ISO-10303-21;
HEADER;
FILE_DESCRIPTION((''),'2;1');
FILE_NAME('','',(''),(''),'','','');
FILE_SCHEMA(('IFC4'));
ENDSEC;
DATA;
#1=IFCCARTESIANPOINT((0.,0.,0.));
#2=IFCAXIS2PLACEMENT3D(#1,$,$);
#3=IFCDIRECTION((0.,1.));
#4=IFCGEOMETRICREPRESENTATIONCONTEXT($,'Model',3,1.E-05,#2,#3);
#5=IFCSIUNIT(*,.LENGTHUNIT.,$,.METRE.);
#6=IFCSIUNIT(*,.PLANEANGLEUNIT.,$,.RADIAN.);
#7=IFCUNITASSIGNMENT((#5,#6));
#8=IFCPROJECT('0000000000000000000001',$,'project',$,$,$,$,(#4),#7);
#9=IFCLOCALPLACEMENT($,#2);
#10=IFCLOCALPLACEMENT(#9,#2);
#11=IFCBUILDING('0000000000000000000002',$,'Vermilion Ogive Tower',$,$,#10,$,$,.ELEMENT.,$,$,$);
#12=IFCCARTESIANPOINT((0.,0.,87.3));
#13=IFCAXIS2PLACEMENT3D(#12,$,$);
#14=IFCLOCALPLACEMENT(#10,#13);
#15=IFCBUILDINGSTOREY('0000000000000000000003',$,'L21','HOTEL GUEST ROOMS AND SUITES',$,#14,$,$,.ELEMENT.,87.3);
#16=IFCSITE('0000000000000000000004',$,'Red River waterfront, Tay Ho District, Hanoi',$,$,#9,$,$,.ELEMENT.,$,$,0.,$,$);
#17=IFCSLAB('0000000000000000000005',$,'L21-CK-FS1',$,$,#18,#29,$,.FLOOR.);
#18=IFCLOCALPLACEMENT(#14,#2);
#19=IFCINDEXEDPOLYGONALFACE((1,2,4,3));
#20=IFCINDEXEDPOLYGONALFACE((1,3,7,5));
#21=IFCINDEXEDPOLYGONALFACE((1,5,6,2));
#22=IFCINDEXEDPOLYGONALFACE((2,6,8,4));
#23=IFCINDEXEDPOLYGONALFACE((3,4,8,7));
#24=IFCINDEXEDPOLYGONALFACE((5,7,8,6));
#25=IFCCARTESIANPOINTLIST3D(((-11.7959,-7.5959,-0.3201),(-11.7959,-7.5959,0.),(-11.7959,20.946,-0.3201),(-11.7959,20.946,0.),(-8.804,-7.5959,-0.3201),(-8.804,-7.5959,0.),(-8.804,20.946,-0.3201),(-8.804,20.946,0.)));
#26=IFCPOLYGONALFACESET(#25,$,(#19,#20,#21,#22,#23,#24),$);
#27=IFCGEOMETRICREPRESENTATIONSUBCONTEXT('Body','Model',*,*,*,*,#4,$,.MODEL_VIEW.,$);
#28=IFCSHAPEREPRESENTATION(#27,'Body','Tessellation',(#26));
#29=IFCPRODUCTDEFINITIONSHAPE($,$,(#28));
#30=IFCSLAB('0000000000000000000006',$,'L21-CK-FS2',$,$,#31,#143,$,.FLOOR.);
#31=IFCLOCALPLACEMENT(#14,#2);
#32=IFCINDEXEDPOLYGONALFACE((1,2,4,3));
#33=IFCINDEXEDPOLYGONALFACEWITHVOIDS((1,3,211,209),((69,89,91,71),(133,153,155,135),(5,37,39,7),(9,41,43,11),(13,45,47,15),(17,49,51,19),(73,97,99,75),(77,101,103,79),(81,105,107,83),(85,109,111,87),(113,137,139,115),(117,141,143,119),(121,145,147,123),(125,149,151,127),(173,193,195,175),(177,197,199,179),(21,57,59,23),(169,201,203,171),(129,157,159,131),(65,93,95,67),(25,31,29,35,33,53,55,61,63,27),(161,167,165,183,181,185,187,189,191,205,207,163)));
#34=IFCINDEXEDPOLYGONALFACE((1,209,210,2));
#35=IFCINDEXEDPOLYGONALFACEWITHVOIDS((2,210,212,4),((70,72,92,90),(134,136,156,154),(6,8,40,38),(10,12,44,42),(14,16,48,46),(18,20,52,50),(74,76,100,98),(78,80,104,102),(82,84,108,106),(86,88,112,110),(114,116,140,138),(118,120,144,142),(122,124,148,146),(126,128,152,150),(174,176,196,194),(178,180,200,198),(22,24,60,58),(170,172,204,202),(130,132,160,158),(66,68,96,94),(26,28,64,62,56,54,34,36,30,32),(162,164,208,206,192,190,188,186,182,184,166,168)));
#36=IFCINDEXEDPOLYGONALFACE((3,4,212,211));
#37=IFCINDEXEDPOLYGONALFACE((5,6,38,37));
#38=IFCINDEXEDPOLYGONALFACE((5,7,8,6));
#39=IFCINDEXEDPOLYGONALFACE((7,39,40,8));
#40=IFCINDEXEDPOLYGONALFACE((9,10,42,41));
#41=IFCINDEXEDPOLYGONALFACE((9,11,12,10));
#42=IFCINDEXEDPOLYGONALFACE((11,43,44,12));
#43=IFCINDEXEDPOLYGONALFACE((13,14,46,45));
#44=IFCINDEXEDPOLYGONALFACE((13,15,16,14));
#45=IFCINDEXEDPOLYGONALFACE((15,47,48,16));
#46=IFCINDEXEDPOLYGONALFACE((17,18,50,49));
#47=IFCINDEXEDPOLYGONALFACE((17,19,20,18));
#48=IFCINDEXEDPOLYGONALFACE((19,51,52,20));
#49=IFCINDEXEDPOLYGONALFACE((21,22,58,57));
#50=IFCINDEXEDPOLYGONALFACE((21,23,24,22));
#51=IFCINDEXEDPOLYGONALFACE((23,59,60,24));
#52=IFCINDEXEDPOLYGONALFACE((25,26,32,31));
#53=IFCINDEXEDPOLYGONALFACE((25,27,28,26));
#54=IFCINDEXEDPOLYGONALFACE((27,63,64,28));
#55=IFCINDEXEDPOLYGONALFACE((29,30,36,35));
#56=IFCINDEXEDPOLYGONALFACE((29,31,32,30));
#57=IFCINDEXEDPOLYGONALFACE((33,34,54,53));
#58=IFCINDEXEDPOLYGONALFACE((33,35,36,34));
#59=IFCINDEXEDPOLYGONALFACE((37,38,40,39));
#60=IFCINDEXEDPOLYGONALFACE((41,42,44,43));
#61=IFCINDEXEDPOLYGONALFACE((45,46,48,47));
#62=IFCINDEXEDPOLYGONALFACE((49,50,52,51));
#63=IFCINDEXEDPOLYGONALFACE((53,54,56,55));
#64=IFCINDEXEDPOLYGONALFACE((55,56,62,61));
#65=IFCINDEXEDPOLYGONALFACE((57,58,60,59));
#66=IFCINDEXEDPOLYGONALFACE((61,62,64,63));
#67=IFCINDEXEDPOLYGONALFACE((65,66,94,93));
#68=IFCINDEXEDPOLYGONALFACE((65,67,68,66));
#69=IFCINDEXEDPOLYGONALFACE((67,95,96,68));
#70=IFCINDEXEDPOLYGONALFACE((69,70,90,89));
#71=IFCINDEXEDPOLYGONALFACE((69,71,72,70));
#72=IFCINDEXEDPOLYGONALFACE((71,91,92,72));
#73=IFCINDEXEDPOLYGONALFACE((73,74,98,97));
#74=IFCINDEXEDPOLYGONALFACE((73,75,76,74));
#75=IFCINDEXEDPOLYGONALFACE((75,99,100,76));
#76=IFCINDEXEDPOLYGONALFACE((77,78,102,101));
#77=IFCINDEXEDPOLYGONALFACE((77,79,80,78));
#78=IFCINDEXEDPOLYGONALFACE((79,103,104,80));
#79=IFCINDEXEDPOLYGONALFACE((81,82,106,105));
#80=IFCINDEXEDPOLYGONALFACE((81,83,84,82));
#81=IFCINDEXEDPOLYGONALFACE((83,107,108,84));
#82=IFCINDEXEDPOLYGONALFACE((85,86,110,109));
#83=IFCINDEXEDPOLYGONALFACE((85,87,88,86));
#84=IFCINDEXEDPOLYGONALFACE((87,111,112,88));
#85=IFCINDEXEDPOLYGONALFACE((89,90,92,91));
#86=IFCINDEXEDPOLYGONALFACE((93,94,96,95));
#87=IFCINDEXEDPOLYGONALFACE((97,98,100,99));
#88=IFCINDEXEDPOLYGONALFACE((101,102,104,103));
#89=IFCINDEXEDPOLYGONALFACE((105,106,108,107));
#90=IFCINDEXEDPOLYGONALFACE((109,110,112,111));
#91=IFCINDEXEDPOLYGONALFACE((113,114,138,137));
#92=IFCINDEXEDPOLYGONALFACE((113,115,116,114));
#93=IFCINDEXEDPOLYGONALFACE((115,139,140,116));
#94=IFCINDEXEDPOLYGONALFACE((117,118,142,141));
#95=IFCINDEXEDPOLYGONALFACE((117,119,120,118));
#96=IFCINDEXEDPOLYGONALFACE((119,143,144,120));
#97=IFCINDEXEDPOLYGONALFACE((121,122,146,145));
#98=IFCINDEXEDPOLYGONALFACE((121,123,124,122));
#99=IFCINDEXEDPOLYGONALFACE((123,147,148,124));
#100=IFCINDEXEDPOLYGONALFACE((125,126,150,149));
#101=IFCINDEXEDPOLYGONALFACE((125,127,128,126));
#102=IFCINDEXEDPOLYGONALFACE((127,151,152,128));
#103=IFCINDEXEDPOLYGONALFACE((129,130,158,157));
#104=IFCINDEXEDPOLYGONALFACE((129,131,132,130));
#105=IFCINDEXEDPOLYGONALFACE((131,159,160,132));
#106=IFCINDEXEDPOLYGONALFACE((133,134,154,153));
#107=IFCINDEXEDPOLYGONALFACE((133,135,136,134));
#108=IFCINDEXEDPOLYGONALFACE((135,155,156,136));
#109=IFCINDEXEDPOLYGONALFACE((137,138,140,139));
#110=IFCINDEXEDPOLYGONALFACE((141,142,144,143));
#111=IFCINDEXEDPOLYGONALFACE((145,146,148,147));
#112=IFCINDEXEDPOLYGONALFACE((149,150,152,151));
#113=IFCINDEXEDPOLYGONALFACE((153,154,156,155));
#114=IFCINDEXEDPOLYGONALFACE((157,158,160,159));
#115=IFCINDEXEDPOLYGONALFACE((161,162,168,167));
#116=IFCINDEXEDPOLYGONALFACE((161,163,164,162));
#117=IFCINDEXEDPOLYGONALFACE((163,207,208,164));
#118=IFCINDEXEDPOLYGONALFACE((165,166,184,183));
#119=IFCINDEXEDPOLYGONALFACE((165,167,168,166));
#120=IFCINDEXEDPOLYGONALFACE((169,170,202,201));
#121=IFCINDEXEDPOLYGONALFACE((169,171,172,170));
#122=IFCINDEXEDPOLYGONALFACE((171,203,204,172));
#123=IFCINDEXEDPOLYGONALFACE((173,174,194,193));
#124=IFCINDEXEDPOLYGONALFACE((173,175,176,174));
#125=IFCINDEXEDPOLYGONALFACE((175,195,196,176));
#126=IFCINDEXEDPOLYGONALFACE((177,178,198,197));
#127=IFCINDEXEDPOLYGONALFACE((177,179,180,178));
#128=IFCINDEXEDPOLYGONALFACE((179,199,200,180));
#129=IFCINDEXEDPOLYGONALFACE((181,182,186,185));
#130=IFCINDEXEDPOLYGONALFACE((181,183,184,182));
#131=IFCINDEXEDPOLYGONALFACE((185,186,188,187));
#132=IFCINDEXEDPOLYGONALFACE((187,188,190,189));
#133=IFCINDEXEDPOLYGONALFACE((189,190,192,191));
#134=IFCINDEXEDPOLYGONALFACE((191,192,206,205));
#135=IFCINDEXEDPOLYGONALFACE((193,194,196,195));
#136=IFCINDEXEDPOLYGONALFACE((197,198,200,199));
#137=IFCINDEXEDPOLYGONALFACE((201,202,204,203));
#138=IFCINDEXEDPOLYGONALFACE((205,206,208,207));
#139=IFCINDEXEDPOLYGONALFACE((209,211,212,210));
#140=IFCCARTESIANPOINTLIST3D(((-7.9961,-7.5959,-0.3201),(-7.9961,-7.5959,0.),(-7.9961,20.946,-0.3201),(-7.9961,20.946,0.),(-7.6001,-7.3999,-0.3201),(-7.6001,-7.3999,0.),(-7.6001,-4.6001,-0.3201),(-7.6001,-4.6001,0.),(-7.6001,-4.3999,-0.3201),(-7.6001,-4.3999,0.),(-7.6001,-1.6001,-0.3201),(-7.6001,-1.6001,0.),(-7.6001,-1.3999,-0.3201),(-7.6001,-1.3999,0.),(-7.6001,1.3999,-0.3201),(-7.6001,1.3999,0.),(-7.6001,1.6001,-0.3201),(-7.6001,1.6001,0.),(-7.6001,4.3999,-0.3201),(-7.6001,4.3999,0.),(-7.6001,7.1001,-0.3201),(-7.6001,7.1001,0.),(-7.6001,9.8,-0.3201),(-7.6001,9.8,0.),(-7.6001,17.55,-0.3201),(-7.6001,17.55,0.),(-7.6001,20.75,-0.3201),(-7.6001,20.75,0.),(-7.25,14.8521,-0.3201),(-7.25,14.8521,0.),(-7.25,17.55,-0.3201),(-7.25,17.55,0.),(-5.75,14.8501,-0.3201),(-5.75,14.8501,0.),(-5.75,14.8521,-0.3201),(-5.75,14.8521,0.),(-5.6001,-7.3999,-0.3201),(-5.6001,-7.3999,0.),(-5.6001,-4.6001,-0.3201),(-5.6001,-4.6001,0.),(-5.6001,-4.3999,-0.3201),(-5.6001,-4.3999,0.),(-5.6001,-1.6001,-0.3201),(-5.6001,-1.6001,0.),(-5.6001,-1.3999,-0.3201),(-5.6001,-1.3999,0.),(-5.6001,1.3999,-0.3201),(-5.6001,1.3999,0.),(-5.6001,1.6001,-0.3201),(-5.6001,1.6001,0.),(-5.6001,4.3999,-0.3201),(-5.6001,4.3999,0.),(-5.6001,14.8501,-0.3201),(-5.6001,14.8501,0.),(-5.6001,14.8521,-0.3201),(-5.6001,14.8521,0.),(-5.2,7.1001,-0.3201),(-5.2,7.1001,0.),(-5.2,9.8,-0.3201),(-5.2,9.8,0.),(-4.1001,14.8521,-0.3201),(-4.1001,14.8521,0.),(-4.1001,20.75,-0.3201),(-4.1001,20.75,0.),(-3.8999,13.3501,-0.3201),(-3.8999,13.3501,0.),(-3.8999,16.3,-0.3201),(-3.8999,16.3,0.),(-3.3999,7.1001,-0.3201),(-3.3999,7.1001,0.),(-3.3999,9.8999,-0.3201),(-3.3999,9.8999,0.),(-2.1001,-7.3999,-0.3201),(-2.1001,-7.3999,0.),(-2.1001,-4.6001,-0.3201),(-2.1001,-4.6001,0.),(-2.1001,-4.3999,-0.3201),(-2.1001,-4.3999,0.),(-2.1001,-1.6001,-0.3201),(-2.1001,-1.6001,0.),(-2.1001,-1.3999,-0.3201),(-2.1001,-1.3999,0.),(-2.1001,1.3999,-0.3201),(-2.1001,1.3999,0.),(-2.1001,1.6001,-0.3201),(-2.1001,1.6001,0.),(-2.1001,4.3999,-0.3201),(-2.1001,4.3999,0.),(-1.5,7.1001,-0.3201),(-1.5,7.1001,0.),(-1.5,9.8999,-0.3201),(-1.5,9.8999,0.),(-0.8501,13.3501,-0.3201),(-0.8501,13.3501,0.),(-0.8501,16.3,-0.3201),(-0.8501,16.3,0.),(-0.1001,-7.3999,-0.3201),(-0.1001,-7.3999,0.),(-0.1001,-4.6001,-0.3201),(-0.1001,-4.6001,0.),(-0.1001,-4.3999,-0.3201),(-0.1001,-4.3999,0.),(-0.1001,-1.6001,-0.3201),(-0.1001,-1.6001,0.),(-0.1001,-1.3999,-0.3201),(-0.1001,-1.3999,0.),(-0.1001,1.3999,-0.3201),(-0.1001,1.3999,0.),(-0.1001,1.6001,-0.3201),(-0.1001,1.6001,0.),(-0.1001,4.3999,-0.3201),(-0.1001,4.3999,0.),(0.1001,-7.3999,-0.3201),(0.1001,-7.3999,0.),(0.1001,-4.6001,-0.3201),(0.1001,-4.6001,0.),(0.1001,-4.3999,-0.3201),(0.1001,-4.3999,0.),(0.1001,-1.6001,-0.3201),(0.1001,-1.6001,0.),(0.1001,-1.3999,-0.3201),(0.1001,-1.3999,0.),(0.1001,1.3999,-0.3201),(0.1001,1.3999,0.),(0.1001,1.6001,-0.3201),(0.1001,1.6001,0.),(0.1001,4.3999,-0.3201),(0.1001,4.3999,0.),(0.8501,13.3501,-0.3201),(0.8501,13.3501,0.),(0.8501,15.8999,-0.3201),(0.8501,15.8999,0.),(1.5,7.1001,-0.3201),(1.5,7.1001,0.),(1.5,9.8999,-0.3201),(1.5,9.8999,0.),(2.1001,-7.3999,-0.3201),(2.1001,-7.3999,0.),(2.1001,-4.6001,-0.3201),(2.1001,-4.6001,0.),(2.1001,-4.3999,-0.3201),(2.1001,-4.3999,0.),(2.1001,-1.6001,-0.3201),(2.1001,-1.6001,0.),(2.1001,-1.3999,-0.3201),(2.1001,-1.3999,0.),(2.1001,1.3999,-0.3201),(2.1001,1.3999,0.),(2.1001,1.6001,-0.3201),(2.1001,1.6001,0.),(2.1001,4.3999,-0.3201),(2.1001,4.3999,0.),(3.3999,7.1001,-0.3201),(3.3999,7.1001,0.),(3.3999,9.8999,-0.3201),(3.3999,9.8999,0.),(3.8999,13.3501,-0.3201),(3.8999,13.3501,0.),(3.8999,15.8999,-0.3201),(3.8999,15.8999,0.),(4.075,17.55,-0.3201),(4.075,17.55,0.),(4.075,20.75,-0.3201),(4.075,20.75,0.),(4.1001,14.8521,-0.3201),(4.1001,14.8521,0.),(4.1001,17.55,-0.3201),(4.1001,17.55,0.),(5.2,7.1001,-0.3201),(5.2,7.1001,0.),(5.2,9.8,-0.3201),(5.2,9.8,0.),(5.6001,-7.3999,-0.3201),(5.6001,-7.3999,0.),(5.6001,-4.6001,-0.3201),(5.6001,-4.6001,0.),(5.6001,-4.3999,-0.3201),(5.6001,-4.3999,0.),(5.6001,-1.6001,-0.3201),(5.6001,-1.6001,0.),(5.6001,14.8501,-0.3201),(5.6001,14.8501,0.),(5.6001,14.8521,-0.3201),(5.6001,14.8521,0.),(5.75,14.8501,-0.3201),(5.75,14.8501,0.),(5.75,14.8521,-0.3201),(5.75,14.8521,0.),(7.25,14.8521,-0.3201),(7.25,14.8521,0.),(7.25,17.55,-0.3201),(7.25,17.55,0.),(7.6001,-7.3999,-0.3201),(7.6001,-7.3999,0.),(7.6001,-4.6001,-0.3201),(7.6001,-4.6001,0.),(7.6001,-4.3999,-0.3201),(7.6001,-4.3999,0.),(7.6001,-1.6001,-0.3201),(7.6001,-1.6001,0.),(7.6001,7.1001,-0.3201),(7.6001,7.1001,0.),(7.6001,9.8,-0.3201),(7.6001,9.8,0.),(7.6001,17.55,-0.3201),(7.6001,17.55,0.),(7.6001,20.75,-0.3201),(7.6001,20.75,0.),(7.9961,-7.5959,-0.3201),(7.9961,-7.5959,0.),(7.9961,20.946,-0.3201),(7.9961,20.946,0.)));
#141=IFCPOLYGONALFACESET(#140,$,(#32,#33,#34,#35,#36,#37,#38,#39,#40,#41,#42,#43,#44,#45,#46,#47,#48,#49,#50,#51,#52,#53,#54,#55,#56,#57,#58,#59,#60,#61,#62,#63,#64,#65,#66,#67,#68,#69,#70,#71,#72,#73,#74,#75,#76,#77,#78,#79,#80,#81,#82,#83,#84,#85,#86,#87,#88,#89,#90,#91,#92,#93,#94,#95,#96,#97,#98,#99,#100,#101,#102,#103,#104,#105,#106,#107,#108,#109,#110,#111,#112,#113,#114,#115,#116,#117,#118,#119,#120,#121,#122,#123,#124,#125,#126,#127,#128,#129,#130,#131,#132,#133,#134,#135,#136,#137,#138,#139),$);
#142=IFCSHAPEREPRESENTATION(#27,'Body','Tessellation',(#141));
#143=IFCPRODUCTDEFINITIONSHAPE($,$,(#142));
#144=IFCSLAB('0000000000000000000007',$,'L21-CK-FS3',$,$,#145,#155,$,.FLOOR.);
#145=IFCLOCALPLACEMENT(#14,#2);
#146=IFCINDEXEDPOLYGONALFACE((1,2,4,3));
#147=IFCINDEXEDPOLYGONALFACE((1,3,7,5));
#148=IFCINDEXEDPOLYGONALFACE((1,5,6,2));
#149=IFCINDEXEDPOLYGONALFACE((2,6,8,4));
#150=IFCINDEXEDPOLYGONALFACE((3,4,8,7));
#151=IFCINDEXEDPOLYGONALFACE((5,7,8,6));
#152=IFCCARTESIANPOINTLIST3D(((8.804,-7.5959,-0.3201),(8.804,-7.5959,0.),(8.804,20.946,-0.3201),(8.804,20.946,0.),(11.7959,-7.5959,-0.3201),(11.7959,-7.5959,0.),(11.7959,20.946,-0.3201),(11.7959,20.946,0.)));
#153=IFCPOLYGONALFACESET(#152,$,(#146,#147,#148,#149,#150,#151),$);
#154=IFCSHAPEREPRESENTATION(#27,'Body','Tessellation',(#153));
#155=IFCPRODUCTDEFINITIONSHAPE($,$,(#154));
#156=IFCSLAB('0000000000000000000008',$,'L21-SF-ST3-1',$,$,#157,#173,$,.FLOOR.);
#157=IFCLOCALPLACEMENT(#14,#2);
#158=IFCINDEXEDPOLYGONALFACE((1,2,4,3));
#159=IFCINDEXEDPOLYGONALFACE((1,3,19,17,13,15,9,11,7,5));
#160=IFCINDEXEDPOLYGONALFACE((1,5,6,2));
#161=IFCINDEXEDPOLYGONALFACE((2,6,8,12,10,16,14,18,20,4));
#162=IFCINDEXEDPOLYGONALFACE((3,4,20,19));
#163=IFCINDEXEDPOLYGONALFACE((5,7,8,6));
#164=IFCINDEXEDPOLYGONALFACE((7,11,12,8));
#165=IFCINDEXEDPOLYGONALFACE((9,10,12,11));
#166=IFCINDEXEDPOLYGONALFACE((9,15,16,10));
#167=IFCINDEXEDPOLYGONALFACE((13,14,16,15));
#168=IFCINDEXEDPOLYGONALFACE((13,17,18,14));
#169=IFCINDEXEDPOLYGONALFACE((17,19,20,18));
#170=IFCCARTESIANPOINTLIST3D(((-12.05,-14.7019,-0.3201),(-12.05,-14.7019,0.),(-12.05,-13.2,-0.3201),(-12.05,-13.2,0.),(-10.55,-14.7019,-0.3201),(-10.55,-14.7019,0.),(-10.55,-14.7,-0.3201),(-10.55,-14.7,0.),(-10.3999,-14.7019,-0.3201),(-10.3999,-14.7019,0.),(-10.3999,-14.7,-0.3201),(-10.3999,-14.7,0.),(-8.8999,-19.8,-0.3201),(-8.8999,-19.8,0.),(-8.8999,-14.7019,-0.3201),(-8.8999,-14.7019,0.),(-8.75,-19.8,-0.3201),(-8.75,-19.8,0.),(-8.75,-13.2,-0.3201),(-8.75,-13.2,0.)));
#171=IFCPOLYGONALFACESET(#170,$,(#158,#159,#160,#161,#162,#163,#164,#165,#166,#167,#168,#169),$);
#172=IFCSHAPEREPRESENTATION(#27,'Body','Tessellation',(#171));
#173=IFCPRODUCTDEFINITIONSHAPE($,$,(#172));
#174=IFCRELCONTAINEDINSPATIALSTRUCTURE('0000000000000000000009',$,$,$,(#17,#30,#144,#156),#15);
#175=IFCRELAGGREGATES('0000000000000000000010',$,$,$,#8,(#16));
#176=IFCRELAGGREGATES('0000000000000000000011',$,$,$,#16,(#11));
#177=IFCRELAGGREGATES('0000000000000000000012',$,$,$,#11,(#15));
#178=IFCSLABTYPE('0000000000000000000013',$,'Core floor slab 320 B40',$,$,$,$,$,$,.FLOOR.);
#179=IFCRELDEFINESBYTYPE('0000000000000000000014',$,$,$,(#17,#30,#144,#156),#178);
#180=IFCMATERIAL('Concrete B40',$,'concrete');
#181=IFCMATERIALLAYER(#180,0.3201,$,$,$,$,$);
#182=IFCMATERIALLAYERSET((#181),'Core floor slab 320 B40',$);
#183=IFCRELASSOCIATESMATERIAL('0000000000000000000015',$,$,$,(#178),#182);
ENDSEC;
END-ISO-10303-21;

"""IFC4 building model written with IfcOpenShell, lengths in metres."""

from ifc_helpers import new_model, si_unit, direction, frame, origin, place, context, subcontext, project, spatial, polyline, outline, extrude, material, layer, layer_set, type_object, element, save


model = new_model("IFC4")

# Units and contexts
model_context = context("Model", 3, precision=1e-05, world=origin(), true_north=direction((0.0, 1.0)))
body_context = subcontext(model_context, "Body", "Model", "MODEL_VIEW")
ifc_project = project(units=[si_unit("LENGTHUNIT", "METRE"), si_unit("PLANEANGLEUNIT", "RADIAN")], contexts=[model_context])

# Site, building, storey
site_placement = place(None, origin())
site = spatial("IfcSite", under=ifc_project, at=site_placement, Name="Red River waterfront, Tay Ho District, Hanoi", CompositionType="ELEMENT", RefElevation=0.0)
building_placement = place(site_placement, origin())
building = spatial("IfcBuilding", under=site, at=building_placement, Name="Vermilion Ogive Tower", CompositionType="ELEMENT")
storey_placement = place(building_placement, frame((0.0, 0.0, 87.3)))
storey = spatial("IfcBuildingStorey", under=building, at=storey_placement, Name="L21", Description="HOTEL GUEST ROOMS AND SUITES", CompositionType="ELEMENT", Elevation=87.3)

# Slabs
ifc_material_1 = material(Name="Concrete B40", Category="concrete")
ifc_layer_1 = layer(ifc_material_1, 0.3201)
ifc_layer_set_1 = layer_set([ifc_layer_1], Name="Core floor slab 320 B40")
slab_type_1 = type_object("IfcSlabType", Name="Core floor slab 320 B40", PredefinedType="FLOOR", material=ifc_layer_set_1)
slab_1_placement = place(storey_placement, frame((0.0, 0.0, -0.3201)))
element("IfcSlab", 1, at=slab_1_placement, inside=storey, type_object=slab_type_1, Name="L21-CK-FS1", PredefinedType="FLOOR", context=body_context, shape_type="SweptSolid", body=[
    extrude(outline(polyline([(-8.804, 20.946), (-8.804, -7.5959), (-11.7959, -7.5959), (-11.7959, 20.946), (-8.804, 20.946)])), origin(), (0.0, 0.0, 1.0), 0.3201),
])
slab_2_placement = place(storey_placement, frame((0.0, 0.0, -0.3201)))
element("IfcSlab", 2, at=slab_2_placement, inside=storey, type_object=slab_type_1, Name="L21-CK-FS2", PredefinedType="FLOOR", context=body_context, shape_type="SweptSolid", body=[
    extrude(outline(polyline([(-7.9961, 20.946), (-7.9961, -7.5959), (7.9961, -7.5959), (7.9961, 20.946), (-7.9961, 20.946)]), holes=[polyline([(-7.6001, -4.6001), (-5.6001, -4.6001), (-5.6001, -7.3999), (-7.6001, -7.3999), (-7.6001, -4.6001)]), polyline([(-2.1001, -4.6001), (-0.1001, -4.6001), (-0.1001, -7.3999), (-2.1001, -7.3999), (-2.1001, -4.6001)]), polyline([(-7.6001, -4.3999), (-7.6001, -1.6001), (-5.6001, -1.6001), (-5.6001, -4.3999), (-7.6001, -4.3999)]), polyline([(-2.1001, -1.6001), (-0.1001, -1.6001), (-0.1001, -4.3999), (-2.1001, -4.3999), (-2.1001, -1.6001)]), polyline([(-7.6001, -1.3999), (-7.6001, 1.3999), (-5.6001, 1.3999), (-5.6001, -1.3999), (-7.6001, -1.3999)]), polyline([(-2.1001, 1.3999), (-0.1001, 1.3999), (-0.1001, -1.3999), (-2.1001, -1.3999), (-2.1001, 1.3999)]), polyline([(-7.6001, 4.3999), (-5.6001, 4.3999), (-5.6001, 1.6001), (-7.6001, 1.6001), (-7.6001, 4.3999)]), polyline([(-2.1001, 4.3999), (-0.1001, 4.3999), (-0.1001, 1.6001), (-2.1001, 1.6001), (-2.1001, 4.3999)]), polyline([(-7.6001, 9.8), (-5.2, 9.8), (-5.2, 7.1001), (-7.6001, 7.1001), (-7.6001, 9.8)]), polyline([(-3.3999, 9.8999), (-1.5, 9.8999), (-1.5, 7.1001), (-3.3999, 7.1001), (-3.3999, 9.8999)]), polyline([(-3.8999, 16.3), (-0.8501, 16.3), (-0.8501, 13.3501), (-3.8999, 13.3501), (-3.8999, 16.3)]), polyline([(-7.6001, 17.55), (-7.6001, 20.75), (-4.1001, 20.75), (-4.1001, 14.8521), (-5.6001, 14.8521), (-5.6001, 14.8501), (-5.75, 14.8501), (-5.75, 14.8521), (-7.25, 14.8521), (-7.25, 17.55), (-7.6001, 17.55)]), polyline([(0.1001, -4.6001), (2.1001, -4.6001), (2.1001, -7.3999), (0.1001, -7.3999), (0.1001, -4.6001)]), polyline([(5.6001, -4.6001), (7.6001, -4.6001), (7.6001, -7.3999), (5.6001, -7.3999), (5.6001, -4.6001)]), polyline([(0.1001, -1.6001), (2.1001, -1.6001), (2.1001, -4.3999), (0.1001, -4.3999), (0.1001, -1.6001)]), polyline([(5.6001, -1.6001), (7.6001, -1.6001), (7.6001, -4.3999), (5.6001, -4.3999), (5.6001, -1.6001)]), polyline([(0.1001, 1.3999), (2.1001, 1.3999), (2.1001, -1.3999), (0.1001, -1.3999), (0.1001, 1.3999)]), polyline([(0.1001, 4.3999), (2.1001, 4.3999), (2.1001, 1.6001), (0.1001, 1.6001), (0.1001, 4.3999)]), polyline([(5.2, 9.8), (7.6001, 9.8), (7.6001, 7.1001), (5.2, 7.1001), (5.2, 9.8)]), polyline([(1.5, 9.8999), (3.3999, 9.8999), (3.3999, 7.1001), (1.5, 7.1001), (1.5, 9.8999)]), polyline([(0.8501, 15.8999), (3.8999, 15.8999), (3.8999, 13.3501), (0.8501, 13.3501), (0.8501, 15.8999)]), polyline([(5.75, 14.8501), (5.6001, 14.8501), (5.6001, 14.8521), (4.1001, 14.8521), (4.1001, 17.55), (4.075, 17.55), (4.075, 20.75), (7.6001, 20.75), (7.6001, 17.55), (7.25, 17.55), (7.25, 14.8521), (5.75, 14.8521), (5.75, 14.8501)])]), origin(), (0.0, 0.0, 1.0), 0.3201),
])
slab_3_placement = place(storey_placement, frame((0.0, 0.0, -0.3201)))
element("IfcSlab", 3, at=slab_3_placement, inside=storey, type_object=slab_type_1, Name="L21-CK-FS3", PredefinedType="FLOOR", context=body_context, shape_type="SweptSolid", body=[
    extrude(outline(polyline([(11.7959, -7.5959), (8.804, -7.5959), (8.804, 20.946), (11.7959, 20.946), (11.7959, -7.5959)])), origin(), (0.0, 0.0, 1.0), 0.3201),
])
slab_4_placement = place(storey_placement, frame((0.0, 0.0, -0.3201)))
element("IfcSlab", 4, at=slab_4_placement, inside=storey, type_object=slab_type_1, Name="L21-SF-ST3-1", PredefinedType="FLOOR", context=body_context, shape_type="SweptSolid", body=[
    extrude(outline(polyline([(-12.05, -13.2), (-12.05, -14.7019), (-10.55, -14.7019), (-10.55, -14.7), (-10.3999, -14.7), (-10.3999, -14.7019), (-8.8999, -14.7019), (-8.8999, -19.8), (-8.75, -19.8), (-8.75, -13.2), (-12.05, -13.2)])), origin(), (0.0, 0.0, 1.0), 0.3201),
])

save(model, "model.ifc")
